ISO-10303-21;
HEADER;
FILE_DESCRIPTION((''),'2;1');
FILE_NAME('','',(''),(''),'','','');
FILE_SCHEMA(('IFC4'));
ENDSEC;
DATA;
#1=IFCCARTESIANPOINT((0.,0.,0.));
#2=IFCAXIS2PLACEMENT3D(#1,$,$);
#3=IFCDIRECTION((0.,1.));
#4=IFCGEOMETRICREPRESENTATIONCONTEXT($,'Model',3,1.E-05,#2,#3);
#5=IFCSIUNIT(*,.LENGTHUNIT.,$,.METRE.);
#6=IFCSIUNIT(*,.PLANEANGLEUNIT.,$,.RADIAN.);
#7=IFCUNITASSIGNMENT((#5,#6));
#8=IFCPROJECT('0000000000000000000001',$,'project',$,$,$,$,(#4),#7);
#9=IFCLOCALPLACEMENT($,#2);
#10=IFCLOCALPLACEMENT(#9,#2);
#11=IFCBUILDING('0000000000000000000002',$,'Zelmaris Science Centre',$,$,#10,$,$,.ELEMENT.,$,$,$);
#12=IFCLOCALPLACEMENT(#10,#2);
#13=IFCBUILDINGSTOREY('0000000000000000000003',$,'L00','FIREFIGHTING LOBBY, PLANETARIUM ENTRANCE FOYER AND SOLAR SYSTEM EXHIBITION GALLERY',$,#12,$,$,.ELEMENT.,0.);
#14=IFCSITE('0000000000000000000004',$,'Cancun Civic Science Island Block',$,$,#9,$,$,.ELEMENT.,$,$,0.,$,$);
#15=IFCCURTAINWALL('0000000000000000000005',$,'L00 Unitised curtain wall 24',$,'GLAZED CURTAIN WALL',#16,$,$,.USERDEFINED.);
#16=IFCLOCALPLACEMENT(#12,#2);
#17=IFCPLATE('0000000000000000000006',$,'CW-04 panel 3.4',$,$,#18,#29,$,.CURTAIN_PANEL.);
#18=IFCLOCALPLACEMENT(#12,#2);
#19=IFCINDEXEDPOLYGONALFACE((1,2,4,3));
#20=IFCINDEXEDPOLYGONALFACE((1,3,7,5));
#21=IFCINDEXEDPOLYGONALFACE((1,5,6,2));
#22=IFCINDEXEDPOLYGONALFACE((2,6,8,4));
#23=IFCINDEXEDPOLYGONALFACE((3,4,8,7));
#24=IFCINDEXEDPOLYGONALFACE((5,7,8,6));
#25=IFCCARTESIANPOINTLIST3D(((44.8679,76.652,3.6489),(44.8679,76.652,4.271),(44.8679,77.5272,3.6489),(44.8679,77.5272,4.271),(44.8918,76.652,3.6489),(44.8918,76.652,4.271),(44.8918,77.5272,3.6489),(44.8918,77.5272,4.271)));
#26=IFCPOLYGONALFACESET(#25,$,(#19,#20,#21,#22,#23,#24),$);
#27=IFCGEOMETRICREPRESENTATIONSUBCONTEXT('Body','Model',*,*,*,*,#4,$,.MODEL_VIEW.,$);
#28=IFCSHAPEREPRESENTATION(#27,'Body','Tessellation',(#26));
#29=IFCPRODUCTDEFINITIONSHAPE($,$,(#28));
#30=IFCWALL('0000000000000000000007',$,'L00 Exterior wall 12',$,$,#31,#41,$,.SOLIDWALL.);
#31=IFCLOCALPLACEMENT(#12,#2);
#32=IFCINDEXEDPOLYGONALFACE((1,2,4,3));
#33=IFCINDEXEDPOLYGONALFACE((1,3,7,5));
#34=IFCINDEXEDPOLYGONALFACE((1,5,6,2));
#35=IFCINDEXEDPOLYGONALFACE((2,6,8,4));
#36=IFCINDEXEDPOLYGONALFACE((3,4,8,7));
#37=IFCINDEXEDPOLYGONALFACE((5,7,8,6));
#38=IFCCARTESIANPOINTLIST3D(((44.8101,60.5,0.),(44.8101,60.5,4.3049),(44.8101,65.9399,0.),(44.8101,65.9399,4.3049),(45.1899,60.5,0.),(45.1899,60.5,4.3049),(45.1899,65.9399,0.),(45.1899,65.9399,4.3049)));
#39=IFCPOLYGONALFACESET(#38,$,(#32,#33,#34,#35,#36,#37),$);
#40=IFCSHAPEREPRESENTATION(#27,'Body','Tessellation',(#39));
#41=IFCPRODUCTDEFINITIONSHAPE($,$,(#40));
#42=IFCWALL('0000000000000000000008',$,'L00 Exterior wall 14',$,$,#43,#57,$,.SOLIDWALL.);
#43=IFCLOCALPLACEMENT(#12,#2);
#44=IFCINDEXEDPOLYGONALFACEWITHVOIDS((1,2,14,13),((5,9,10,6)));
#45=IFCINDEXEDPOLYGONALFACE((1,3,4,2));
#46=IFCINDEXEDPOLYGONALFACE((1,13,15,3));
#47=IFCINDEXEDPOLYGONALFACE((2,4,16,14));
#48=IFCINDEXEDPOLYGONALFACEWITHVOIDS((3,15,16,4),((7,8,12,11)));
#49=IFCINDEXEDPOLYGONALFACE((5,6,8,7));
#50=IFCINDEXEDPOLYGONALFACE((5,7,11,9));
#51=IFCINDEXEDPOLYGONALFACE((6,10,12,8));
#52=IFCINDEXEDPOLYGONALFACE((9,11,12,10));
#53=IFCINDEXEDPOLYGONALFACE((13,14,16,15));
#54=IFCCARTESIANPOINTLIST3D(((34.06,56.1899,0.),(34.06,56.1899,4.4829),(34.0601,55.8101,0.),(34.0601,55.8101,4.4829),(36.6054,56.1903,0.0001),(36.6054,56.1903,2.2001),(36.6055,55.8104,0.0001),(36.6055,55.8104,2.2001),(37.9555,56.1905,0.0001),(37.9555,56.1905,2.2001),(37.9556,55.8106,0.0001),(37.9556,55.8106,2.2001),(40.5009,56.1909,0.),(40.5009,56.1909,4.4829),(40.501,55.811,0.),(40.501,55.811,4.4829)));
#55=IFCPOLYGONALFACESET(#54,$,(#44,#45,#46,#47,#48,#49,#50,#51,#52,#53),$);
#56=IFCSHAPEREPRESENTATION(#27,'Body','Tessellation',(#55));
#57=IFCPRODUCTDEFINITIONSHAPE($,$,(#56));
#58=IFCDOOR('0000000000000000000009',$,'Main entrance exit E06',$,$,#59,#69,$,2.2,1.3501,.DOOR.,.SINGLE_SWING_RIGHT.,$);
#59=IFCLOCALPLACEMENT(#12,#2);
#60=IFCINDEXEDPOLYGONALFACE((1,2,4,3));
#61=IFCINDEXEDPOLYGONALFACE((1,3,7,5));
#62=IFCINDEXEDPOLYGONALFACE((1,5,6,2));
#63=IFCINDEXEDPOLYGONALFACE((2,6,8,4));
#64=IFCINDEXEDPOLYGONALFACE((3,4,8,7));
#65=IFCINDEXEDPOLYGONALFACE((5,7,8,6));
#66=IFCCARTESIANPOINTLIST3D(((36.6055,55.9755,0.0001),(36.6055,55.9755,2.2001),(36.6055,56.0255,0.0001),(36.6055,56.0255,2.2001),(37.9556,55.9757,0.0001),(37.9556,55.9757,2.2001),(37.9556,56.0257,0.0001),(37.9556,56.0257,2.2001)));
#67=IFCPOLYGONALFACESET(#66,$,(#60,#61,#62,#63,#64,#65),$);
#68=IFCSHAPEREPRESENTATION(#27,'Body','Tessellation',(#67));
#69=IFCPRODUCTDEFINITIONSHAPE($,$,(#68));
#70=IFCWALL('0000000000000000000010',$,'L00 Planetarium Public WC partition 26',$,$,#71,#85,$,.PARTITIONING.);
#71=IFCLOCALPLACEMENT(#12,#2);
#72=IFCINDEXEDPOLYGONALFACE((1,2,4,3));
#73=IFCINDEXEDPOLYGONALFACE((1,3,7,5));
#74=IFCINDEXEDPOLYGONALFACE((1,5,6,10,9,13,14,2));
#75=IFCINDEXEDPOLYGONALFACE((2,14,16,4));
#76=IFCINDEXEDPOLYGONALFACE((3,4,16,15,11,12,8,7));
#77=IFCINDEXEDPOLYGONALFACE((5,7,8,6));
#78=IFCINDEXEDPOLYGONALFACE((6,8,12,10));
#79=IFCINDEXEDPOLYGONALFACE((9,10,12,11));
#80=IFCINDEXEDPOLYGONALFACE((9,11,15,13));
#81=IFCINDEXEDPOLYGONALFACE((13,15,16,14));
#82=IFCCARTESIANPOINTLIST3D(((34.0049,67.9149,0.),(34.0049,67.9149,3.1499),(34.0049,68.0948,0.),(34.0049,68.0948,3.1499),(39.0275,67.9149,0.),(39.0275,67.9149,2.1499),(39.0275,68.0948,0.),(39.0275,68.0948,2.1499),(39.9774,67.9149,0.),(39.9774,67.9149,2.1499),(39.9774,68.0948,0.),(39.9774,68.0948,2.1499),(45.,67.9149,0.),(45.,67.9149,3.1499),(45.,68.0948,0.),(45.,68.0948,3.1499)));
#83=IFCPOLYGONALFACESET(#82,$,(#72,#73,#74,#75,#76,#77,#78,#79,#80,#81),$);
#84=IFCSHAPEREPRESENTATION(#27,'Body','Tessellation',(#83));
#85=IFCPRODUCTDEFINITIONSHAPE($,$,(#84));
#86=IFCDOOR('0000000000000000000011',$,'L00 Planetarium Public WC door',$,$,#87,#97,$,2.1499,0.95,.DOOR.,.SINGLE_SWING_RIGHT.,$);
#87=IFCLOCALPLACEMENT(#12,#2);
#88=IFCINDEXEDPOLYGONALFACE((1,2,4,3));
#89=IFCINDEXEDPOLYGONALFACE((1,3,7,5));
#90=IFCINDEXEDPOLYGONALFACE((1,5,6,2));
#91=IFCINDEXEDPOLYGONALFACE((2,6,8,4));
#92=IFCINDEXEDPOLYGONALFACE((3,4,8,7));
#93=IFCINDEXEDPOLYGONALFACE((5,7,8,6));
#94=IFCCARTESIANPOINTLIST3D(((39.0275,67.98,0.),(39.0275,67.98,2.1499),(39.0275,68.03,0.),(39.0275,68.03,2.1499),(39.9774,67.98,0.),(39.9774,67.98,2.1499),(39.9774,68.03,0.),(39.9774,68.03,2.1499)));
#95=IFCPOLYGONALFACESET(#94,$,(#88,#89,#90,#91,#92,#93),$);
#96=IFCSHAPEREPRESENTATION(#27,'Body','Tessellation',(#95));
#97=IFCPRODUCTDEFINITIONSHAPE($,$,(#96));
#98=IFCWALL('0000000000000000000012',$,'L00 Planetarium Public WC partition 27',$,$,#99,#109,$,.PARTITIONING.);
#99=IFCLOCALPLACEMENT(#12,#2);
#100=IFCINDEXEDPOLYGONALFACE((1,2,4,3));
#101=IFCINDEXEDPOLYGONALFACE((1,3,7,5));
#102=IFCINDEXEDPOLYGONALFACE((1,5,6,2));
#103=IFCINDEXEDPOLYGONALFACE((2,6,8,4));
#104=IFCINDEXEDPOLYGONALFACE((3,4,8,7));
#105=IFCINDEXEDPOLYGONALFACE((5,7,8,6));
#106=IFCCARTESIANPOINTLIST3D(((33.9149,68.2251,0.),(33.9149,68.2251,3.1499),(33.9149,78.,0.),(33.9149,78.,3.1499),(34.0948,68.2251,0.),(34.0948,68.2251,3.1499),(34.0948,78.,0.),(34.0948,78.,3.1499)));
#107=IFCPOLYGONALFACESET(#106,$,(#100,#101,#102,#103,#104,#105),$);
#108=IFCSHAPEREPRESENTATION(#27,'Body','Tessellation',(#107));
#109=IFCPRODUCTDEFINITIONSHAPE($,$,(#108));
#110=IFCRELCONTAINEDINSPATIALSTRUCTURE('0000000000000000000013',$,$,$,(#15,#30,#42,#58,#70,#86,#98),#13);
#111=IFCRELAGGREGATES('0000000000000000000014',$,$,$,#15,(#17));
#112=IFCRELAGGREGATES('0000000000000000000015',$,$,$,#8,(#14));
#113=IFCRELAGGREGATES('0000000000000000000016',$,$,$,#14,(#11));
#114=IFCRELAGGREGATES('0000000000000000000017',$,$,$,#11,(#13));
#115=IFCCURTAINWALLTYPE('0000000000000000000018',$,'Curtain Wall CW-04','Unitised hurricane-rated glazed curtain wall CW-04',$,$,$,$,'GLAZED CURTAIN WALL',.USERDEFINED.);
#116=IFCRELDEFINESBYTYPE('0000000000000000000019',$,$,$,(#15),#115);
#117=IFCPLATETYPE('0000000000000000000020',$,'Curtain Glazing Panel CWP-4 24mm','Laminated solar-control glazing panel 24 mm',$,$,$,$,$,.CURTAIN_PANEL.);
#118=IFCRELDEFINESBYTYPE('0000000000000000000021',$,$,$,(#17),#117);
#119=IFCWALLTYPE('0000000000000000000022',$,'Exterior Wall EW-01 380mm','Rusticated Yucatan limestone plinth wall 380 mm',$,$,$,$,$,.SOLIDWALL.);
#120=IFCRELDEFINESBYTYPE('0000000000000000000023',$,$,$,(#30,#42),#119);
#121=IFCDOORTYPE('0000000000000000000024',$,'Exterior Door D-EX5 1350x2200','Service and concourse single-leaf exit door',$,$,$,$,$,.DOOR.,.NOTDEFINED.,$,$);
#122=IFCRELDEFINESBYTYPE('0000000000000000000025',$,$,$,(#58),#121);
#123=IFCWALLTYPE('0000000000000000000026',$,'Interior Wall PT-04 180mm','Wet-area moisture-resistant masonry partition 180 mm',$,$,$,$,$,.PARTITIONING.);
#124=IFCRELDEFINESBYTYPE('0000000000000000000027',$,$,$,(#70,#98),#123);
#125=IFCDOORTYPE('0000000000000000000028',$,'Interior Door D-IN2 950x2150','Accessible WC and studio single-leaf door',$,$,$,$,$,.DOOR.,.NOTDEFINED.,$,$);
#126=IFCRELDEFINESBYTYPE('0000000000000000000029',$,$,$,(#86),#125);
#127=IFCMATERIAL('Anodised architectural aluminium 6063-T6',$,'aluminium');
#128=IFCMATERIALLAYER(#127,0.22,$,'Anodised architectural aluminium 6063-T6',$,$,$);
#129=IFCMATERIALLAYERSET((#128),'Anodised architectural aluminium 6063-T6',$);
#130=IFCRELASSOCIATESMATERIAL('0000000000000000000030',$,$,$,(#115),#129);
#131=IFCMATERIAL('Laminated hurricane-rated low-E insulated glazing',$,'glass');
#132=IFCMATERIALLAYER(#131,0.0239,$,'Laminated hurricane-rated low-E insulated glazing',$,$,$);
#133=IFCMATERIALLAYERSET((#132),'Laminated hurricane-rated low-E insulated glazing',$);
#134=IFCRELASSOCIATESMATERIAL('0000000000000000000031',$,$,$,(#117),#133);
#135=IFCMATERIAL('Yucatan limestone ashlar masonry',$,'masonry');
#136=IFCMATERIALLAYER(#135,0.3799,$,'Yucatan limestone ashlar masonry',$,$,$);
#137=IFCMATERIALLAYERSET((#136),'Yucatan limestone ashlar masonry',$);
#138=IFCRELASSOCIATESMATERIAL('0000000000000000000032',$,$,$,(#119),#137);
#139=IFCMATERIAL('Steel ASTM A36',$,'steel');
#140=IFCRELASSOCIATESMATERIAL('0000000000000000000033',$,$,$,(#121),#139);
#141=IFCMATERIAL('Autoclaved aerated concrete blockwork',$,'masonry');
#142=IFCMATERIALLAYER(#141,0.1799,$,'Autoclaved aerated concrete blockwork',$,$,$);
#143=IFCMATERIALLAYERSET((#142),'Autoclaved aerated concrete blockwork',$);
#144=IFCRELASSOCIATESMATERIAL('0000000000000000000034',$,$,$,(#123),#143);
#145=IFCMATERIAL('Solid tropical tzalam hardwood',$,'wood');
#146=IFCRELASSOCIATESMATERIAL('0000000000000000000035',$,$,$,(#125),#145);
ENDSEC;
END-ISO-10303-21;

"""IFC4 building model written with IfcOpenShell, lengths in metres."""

from ifc_helpers import new_model, si_unit, direction, frame, frame_2d, origin, origin_2d, place, context, subcontext, project, spatial, rectangle, extrude, material, layer, layer_set, type_object, element, fill, aggregate, save


model = new_model("IFC4")

# Units and contexts
model_context = context("Model", 3, precision=1e-05, world=origin(), true_north=direction((0.0, 1.0)))
body_context = subcontext(model_context, "Body", "Model", "MODEL_VIEW")
ifc_project = project(units=[si_unit("LENGTHUNIT", "METRE"), si_unit("PLANEANGLEUNIT", "RADIAN")], contexts=[model_context])

# Site, building, storey
site_placement = place(None, origin())
site = spatial("IfcSite", under=ifc_project, at=site_placement, Name="Cancun Civic Science Island Block", CompositionType="ELEMENT", RefElevation=0.0)
building_placement = place(site_placement, origin())
building = spatial("IfcBuilding", under=site, at=building_placement, Name="Zelmaris Science Centre", CompositionType="ELEMENT")
storey_placement = place(building_placement, origin())
storey = spatial("IfcBuildingStorey", under=building, at=storey_placement, Name="L00", Description="FIREFIGHTING LOBBY, PLANETARIUM ENTRANCE FOYER AND SOLAR SYSTEM EXHIBITION GALLERY", CompositionType="ELEMENT", Elevation=0.0)

# Curtain wall
ifc_material_1 = material(Name="Anodised architectural aluminium 6063-T6", Category="aluminium")
ifc_layer_1 = layer(ifc_material_1, 0.22, Name="Anodised architectural aluminium 6063-T6")
ifc_layer_set_1 = layer_set([ifc_layer_1], Name="Anodised architectural aluminium 6063-T6")
curtain_wall_type = type_object("IfcCurtainWallType", Name="Curtain Wall CW-04", Description="Unitised hurricane-rated glazed curtain wall CW-04", ElementType="GLAZED CURTAIN WALL", PredefinedType="USERDEFINED", material=ifc_layer_set_1)
curtain_wall_placement = place(storey_placement, origin())
curtain_wall = element("IfcCurtainWall", 1, at=curtain_wall_placement, inside=storey, type_object=curtain_wall_type, Name="L00 Unitised curtain wall 24", ObjectType="GLAZED CURTAIN WALL", PredefinedType="USERDEFINED")

# Plate
ifc_material_2 = material(Name="Laminated hurricane-rated low-E insulated glazing", Category="glass")
ifc_layer_2 = layer(ifc_material_2, 0.0239, Name="Laminated hurricane-rated low-E insulated glazing")
ifc_layer_set_2 = layer_set([ifc_layer_2], Name="Laminated hurricane-rated low-E insulated glazing")
plate_type = type_object("IfcPlateType", Name="Curtain Glazing Panel CWP-4 24mm", Description="Laminated solar-control glazing panel 24 mm", PredefinedType="CURTAIN_PANEL", material=ifc_layer_set_2)
plate_1_placement = place(storey_placement, frame((44.8799, 77.0896, 3.6489), z_axis=(0.0, 0.0, 1.0), x_axis=(0.0, -1.0, 0.0)))
plate_1 = element("IfcPlate", 2, at=plate_1_placement, type_object=plate_type, Name="CW-04 panel 3.4", PredefinedType="CURTAIN_PANEL", context=body_context, shape_type="SweptSolid", body=[
    extrude(rectangle(XDim=0.8752, YDim=0.0239, at=origin_2d()), origin(), (0.0, 0.0, 1.0), 0.6221),
])
aggregate(curtain_wall, [plate_1])

# Wall
ifc_material_3 = material(Name="Yucatan limestone ashlar masonry", Category="masonry")
ifc_layer_3 = layer(ifc_material_3, 0.3799, Name="Yucatan limestone ashlar masonry")
ifc_layer_set_3 = layer_set([ifc_layer_3], Name="Yucatan limestone ashlar masonry")
wall_type_1 = type_object("IfcWallType", Name="Exterior Wall EW-01 380mm", Description="Rusticated Yucatan limestone plinth wall 380 mm", PredefinedType="SOLIDWALL", material=ifc_layer_set_3)
wall_1_placement = place(storey_placement, frame((45.0, 65.9399, 0.0), z_axis=(0.0, 0.0, 1.0), x_axis=(0.0, -1.0, 0.0)))
element("IfcWall", 3, at=wall_1_placement, inside=storey, type_object=wall_type_1, Name="L00 Exterior wall 12", PredefinedType="SOLIDWALL", context=body_context, shape_type="SweptSolid", body=[
    extrude(rectangle(XDim=5.4399, YDim=0.3799, at=frame_2d((2.72, 0.0))), origin(), (0.0, 0.0, 1.0), 4.3049),
])

# Walls, openings, doors
wall_2_placement = place(storey_placement, frame((40.501, 56.001, 0.0), z_axis=(0.0, 0.0, 1.0), x_axis=(-1.0, -0.000152, 0.0)))
wall_2 = element("IfcWall", 4, at=wall_2_placement, inside=storey, type_object=wall_type_1, Name="L00 Exterior wall 14", PredefinedType="SOLIDWALL", context=body_context, shape_type="SweptSolid", body=[
    extrude(rectangle(XDim=6.4409, YDim=0.3799, at=frame_2d((3.2205, 0.0))), origin(), (0.0, 0.0, 1.0), 4.4829),
])
opening_1_placement = place(wall_2_placement, frame((2.5454, 0.0, 0.0)))
opening_1 = element("IfcOpeningElement", 5, at=opening_1_placement, cuts=wall_2, PredefinedType="OPENING", context=body_context, shape_type="SweptSolid", body=[
    extrude(rectangle(XDim=1.3501, YDim=2.2, at=frame_2d((0.675, 1.1001))), frame((0.0, 0.2, 0.0), z_axis=(0.0, -1.0, 0.0), x_axis=(1.0, 0.0, 0.0)), (0.0, 0.0, 1.0), 0.3999),
])
ifc_material_4 = material(Name="Steel ASTM A36", Category="steel")
door_type_1 = type_object("IfcDoorType", Name="Exterior Door D-EX5 1350x2200", Description="Service and concourse single-leaf exit door", OperationType="NOTDEFINED", PredefinedType="DOOR", material=ifc_material_4)
door_1_placement = place(opening_1_placement, origin())
door_1 = element("IfcDoor", 6, at=door_1_placement, inside=storey, type_object=door_type_1, Name="Main entrance exit E06", OperationType="SINGLE_SWING_RIGHT", OverallHeight=2.2, OverallWidth=1.3501, PredefinedType="DOOR", context=body_context, shape_type="SweptSolid", body=[
    extrude(rectangle(XDim=1.3501, YDim=2.2, at=frame_2d((0.675, 1.1001))), frame((0.0, 0.0249, 0.0), z_axis=(0.0, -1.0, 0.0), x_axis=(1.0, 0.0, 0.0)), (0.0, 0.0, 1.0), 0.05),
])
fill(opening_1, door_1)
ifc_material_5 = material(Name="Autoclaved aerated concrete blockwork", Category="masonry")
ifc_layer_4 = layer(ifc_material_5, 0.1799, Name="Autoclaved aerated concrete blockwork")
ifc_layer_set_4 = layer_set([ifc_layer_4], Name="Autoclaved aerated concrete blockwork")
wall_type_2 = type_object("IfcWallType", Name="Interior Wall PT-04 180mm", Description="Wet-area moisture-resistant masonry partition 180 mm", PredefinedType="PARTITIONING", material=ifc_layer_set_4)
wall_3_placement = place(storey_placement, frame((45.0, 68.0049, 0.0), z_axis=(0.0, 0.0, 1.0), x_axis=(-1.0, 0.0, 0.0)))
wall_3 = element("IfcWall", 7, at=wall_3_placement, inside=storey, type_object=wall_type_2, Name="L00 Planetarium Public WC partition 26", PredefinedType="PARTITIONING", context=body_context, shape_type="SweptSolid", body=[
    extrude(rectangle(XDim=10.9951, YDim=0.1799, at=frame_2d((5.4976, 0.0))), origin(), (0.0, 0.0, 1.0), 3.1499),
])
opening_2_placement = place(wall_3_placement, frame((5.0225, 0.0, 0.0)))
opening_2 = element("IfcOpeningElement", 8, at=opening_2_placement, cuts=wall_3, PredefinedType="OPENING", context=body_context, shape_type="SweptSolid", body=[
    extrude(rectangle(XDim=0.95, YDim=2.1499, at=frame_2d((0.4751, 1.075))), frame((0.0, 0.0999, 0.0), z_axis=(0.0, -1.0, 0.0), x_axis=(1.0, 0.0, 0.0)), (0.0, 0.0, 1.0), 0.2),
])
ifc_material_6 = material(Name="Solid tropical tzalam hardwood", Category="wood")
door_type_2 = type_object("IfcDoorType", Name="Interior Door D-IN2 950x2150", Description="Accessible WC and studio single-leaf door", OperationType="NOTDEFINED", PredefinedType="DOOR", material=ifc_material_6)
door_2_placement = place(opening_2_placement, origin())
door_2 = element("IfcDoor", 9, at=door_2_placement, inside=storey, type_object=door_type_2, Name="L00 Planetarium Public WC door", OperationType="SINGLE_SWING_RIGHT", OverallHeight=2.1499, OverallWidth=0.95, PredefinedType="DOOR", context=body_context, shape_type="SweptSolid", body=[
    extrude(rectangle(XDim=0.95, YDim=2.1499, at=frame_2d((0.4751, 1.075))), frame((0.0, 0.0249, 0.0), z_axis=(0.0, -1.0, 0.0), x_axis=(1.0, 0.0, 0.0)), (0.0, 0.0, 1.0), 0.05),
])
fill(opening_2, door_2)

# Wall
wall_4_placement = place(storey_placement, frame((34.0049, 68.2251, 0.0), z_axis=(0.0, 0.0, 1.0), x_axis=(0.0, 1.0, 0.0)))
element("IfcWall", 10, at=wall_4_placement, inside=storey, type_object=wall_type_2, Name="L00 Planetarium Public WC partition 27", PredefinedType="PARTITIONING", context=body_context, shape_type="SweptSolid", body=[
    extrude(rectangle(XDim=9.7749, YDim=0.1799, at=frame_2d((4.8875, 0.0))), origin(), (0.0, 0.0, 1.0), 3.1499),
])

save(model, "model.ifc")
